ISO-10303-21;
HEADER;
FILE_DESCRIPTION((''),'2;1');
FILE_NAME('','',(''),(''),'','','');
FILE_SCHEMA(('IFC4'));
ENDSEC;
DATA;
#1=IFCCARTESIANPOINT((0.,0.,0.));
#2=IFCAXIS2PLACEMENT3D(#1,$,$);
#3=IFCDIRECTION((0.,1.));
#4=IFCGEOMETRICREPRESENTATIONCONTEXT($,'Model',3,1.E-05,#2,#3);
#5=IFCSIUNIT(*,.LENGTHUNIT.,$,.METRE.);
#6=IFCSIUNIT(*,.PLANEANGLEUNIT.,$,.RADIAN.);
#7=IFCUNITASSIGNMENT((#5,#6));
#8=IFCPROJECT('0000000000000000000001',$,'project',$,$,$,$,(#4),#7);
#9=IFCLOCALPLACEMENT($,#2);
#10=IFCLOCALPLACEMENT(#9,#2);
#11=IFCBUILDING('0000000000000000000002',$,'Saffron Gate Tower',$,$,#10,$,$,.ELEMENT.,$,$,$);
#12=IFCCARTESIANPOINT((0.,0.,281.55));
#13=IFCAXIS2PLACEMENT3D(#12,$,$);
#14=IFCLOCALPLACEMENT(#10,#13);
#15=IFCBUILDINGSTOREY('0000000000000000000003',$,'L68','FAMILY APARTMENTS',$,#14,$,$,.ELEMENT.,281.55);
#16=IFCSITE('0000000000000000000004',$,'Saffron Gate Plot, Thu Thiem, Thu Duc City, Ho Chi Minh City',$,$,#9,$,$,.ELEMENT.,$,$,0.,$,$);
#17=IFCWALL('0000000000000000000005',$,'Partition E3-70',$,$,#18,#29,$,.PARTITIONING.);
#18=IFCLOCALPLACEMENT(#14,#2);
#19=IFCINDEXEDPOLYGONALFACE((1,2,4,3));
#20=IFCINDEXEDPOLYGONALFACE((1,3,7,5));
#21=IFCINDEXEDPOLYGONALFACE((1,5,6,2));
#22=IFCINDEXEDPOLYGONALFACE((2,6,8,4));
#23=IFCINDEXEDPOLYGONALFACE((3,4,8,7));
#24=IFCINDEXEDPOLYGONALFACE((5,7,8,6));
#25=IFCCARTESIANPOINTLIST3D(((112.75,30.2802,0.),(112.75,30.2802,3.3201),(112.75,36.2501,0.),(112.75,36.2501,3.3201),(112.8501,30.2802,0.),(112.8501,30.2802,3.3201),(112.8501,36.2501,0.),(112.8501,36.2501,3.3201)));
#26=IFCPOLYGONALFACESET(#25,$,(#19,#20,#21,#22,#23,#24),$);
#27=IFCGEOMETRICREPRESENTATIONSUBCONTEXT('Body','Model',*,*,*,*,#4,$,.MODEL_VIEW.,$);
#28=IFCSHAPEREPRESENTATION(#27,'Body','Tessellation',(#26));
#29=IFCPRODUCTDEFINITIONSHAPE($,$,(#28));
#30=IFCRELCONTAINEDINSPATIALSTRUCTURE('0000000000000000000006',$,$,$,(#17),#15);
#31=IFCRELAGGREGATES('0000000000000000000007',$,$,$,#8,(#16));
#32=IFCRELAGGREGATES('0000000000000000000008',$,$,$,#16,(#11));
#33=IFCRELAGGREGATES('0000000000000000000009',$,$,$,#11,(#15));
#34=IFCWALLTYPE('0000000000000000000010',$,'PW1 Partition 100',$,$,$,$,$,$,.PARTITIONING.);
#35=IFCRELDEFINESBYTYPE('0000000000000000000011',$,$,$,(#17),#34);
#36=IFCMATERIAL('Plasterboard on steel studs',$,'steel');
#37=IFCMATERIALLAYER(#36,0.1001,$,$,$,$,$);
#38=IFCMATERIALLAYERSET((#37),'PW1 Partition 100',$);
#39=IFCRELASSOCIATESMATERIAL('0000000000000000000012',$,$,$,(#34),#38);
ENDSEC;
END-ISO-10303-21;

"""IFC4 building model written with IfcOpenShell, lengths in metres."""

from ifc_helpers import new_model, si_unit, direction, frame, frame_2d, origin, place, context, subcontext, project, spatial, rectangle, extrude, material, layer, layer_set, type_object, element, save


model = new_model("IFC4")

# Units and contexts
model_context = context("Model", 3, precision=1e-05, world=origin(), true_north=direction((0.0, 1.0)))
body_context = subcontext(model_context, "Body", "Model", "MODEL_VIEW")
ifc_project = project(units=[si_unit("LENGTHUNIT", "METRE"), si_unit("PLANEANGLEUNIT", "RADIAN")], contexts=[model_context])

# Site, building, storey
site_placement = place(None, origin())
site = spatial("IfcSite", under=ifc_project, at=site_placement, Name="Saffron Gate Plot, Thu Thiem, Thu Duc City, Ho Chi Minh City", CompositionType="ELEMENT", RefElevation=0.0)
building_placement = place(site_placement, origin())
building = spatial("IfcBuilding", under=site, at=building_placement, Name="Saffron Gate Tower", CompositionType="ELEMENT")
storey_placement = place(building_placement, frame((0.0, 0.0, 281.55)))
storey = spatial("IfcBuildingStorey", under=building, at=storey_placement, Name="L68", Description="FAMILY APARTMENTS", CompositionType="ELEMENT", Elevation=281.55)

# Shared definitions
ifc_material_1 = material(Name="Plasterboard on steel studs", Category="steel")
ifc_layer = layer(ifc_material_1, 0.1001)
ifc_layer_set = layer_set([ifc_layer], Name="PW1 Partition 100")
wall_type = type_object("IfcWallType", Name="PW1 Partition 100", PredefinedType="PARTITIONING", material=ifc_layer_set)

# Wall
wall_1_placement = place(storey_placement, frame((112.8, 36.25, 0.0), z_axis=(0.0, 0.0, 1.0), x_axis=(0.0, -1.0, 0.0)))
element("IfcWall", 1, at=wall_1_placement, inside=storey, type_object=wall_type, Name="Partition E3-70", PredefinedType="PARTITIONING", context=body_context, shape_type="SweptSolid", body=[
    extrude(rectangle(XDim=5.97, YDim=0.1001, at=frame_2d((2.9849, 0.0))), origin(), (0.0, 0.0, 1.0), 3.3201),
])

save(model, "model.ifc")
